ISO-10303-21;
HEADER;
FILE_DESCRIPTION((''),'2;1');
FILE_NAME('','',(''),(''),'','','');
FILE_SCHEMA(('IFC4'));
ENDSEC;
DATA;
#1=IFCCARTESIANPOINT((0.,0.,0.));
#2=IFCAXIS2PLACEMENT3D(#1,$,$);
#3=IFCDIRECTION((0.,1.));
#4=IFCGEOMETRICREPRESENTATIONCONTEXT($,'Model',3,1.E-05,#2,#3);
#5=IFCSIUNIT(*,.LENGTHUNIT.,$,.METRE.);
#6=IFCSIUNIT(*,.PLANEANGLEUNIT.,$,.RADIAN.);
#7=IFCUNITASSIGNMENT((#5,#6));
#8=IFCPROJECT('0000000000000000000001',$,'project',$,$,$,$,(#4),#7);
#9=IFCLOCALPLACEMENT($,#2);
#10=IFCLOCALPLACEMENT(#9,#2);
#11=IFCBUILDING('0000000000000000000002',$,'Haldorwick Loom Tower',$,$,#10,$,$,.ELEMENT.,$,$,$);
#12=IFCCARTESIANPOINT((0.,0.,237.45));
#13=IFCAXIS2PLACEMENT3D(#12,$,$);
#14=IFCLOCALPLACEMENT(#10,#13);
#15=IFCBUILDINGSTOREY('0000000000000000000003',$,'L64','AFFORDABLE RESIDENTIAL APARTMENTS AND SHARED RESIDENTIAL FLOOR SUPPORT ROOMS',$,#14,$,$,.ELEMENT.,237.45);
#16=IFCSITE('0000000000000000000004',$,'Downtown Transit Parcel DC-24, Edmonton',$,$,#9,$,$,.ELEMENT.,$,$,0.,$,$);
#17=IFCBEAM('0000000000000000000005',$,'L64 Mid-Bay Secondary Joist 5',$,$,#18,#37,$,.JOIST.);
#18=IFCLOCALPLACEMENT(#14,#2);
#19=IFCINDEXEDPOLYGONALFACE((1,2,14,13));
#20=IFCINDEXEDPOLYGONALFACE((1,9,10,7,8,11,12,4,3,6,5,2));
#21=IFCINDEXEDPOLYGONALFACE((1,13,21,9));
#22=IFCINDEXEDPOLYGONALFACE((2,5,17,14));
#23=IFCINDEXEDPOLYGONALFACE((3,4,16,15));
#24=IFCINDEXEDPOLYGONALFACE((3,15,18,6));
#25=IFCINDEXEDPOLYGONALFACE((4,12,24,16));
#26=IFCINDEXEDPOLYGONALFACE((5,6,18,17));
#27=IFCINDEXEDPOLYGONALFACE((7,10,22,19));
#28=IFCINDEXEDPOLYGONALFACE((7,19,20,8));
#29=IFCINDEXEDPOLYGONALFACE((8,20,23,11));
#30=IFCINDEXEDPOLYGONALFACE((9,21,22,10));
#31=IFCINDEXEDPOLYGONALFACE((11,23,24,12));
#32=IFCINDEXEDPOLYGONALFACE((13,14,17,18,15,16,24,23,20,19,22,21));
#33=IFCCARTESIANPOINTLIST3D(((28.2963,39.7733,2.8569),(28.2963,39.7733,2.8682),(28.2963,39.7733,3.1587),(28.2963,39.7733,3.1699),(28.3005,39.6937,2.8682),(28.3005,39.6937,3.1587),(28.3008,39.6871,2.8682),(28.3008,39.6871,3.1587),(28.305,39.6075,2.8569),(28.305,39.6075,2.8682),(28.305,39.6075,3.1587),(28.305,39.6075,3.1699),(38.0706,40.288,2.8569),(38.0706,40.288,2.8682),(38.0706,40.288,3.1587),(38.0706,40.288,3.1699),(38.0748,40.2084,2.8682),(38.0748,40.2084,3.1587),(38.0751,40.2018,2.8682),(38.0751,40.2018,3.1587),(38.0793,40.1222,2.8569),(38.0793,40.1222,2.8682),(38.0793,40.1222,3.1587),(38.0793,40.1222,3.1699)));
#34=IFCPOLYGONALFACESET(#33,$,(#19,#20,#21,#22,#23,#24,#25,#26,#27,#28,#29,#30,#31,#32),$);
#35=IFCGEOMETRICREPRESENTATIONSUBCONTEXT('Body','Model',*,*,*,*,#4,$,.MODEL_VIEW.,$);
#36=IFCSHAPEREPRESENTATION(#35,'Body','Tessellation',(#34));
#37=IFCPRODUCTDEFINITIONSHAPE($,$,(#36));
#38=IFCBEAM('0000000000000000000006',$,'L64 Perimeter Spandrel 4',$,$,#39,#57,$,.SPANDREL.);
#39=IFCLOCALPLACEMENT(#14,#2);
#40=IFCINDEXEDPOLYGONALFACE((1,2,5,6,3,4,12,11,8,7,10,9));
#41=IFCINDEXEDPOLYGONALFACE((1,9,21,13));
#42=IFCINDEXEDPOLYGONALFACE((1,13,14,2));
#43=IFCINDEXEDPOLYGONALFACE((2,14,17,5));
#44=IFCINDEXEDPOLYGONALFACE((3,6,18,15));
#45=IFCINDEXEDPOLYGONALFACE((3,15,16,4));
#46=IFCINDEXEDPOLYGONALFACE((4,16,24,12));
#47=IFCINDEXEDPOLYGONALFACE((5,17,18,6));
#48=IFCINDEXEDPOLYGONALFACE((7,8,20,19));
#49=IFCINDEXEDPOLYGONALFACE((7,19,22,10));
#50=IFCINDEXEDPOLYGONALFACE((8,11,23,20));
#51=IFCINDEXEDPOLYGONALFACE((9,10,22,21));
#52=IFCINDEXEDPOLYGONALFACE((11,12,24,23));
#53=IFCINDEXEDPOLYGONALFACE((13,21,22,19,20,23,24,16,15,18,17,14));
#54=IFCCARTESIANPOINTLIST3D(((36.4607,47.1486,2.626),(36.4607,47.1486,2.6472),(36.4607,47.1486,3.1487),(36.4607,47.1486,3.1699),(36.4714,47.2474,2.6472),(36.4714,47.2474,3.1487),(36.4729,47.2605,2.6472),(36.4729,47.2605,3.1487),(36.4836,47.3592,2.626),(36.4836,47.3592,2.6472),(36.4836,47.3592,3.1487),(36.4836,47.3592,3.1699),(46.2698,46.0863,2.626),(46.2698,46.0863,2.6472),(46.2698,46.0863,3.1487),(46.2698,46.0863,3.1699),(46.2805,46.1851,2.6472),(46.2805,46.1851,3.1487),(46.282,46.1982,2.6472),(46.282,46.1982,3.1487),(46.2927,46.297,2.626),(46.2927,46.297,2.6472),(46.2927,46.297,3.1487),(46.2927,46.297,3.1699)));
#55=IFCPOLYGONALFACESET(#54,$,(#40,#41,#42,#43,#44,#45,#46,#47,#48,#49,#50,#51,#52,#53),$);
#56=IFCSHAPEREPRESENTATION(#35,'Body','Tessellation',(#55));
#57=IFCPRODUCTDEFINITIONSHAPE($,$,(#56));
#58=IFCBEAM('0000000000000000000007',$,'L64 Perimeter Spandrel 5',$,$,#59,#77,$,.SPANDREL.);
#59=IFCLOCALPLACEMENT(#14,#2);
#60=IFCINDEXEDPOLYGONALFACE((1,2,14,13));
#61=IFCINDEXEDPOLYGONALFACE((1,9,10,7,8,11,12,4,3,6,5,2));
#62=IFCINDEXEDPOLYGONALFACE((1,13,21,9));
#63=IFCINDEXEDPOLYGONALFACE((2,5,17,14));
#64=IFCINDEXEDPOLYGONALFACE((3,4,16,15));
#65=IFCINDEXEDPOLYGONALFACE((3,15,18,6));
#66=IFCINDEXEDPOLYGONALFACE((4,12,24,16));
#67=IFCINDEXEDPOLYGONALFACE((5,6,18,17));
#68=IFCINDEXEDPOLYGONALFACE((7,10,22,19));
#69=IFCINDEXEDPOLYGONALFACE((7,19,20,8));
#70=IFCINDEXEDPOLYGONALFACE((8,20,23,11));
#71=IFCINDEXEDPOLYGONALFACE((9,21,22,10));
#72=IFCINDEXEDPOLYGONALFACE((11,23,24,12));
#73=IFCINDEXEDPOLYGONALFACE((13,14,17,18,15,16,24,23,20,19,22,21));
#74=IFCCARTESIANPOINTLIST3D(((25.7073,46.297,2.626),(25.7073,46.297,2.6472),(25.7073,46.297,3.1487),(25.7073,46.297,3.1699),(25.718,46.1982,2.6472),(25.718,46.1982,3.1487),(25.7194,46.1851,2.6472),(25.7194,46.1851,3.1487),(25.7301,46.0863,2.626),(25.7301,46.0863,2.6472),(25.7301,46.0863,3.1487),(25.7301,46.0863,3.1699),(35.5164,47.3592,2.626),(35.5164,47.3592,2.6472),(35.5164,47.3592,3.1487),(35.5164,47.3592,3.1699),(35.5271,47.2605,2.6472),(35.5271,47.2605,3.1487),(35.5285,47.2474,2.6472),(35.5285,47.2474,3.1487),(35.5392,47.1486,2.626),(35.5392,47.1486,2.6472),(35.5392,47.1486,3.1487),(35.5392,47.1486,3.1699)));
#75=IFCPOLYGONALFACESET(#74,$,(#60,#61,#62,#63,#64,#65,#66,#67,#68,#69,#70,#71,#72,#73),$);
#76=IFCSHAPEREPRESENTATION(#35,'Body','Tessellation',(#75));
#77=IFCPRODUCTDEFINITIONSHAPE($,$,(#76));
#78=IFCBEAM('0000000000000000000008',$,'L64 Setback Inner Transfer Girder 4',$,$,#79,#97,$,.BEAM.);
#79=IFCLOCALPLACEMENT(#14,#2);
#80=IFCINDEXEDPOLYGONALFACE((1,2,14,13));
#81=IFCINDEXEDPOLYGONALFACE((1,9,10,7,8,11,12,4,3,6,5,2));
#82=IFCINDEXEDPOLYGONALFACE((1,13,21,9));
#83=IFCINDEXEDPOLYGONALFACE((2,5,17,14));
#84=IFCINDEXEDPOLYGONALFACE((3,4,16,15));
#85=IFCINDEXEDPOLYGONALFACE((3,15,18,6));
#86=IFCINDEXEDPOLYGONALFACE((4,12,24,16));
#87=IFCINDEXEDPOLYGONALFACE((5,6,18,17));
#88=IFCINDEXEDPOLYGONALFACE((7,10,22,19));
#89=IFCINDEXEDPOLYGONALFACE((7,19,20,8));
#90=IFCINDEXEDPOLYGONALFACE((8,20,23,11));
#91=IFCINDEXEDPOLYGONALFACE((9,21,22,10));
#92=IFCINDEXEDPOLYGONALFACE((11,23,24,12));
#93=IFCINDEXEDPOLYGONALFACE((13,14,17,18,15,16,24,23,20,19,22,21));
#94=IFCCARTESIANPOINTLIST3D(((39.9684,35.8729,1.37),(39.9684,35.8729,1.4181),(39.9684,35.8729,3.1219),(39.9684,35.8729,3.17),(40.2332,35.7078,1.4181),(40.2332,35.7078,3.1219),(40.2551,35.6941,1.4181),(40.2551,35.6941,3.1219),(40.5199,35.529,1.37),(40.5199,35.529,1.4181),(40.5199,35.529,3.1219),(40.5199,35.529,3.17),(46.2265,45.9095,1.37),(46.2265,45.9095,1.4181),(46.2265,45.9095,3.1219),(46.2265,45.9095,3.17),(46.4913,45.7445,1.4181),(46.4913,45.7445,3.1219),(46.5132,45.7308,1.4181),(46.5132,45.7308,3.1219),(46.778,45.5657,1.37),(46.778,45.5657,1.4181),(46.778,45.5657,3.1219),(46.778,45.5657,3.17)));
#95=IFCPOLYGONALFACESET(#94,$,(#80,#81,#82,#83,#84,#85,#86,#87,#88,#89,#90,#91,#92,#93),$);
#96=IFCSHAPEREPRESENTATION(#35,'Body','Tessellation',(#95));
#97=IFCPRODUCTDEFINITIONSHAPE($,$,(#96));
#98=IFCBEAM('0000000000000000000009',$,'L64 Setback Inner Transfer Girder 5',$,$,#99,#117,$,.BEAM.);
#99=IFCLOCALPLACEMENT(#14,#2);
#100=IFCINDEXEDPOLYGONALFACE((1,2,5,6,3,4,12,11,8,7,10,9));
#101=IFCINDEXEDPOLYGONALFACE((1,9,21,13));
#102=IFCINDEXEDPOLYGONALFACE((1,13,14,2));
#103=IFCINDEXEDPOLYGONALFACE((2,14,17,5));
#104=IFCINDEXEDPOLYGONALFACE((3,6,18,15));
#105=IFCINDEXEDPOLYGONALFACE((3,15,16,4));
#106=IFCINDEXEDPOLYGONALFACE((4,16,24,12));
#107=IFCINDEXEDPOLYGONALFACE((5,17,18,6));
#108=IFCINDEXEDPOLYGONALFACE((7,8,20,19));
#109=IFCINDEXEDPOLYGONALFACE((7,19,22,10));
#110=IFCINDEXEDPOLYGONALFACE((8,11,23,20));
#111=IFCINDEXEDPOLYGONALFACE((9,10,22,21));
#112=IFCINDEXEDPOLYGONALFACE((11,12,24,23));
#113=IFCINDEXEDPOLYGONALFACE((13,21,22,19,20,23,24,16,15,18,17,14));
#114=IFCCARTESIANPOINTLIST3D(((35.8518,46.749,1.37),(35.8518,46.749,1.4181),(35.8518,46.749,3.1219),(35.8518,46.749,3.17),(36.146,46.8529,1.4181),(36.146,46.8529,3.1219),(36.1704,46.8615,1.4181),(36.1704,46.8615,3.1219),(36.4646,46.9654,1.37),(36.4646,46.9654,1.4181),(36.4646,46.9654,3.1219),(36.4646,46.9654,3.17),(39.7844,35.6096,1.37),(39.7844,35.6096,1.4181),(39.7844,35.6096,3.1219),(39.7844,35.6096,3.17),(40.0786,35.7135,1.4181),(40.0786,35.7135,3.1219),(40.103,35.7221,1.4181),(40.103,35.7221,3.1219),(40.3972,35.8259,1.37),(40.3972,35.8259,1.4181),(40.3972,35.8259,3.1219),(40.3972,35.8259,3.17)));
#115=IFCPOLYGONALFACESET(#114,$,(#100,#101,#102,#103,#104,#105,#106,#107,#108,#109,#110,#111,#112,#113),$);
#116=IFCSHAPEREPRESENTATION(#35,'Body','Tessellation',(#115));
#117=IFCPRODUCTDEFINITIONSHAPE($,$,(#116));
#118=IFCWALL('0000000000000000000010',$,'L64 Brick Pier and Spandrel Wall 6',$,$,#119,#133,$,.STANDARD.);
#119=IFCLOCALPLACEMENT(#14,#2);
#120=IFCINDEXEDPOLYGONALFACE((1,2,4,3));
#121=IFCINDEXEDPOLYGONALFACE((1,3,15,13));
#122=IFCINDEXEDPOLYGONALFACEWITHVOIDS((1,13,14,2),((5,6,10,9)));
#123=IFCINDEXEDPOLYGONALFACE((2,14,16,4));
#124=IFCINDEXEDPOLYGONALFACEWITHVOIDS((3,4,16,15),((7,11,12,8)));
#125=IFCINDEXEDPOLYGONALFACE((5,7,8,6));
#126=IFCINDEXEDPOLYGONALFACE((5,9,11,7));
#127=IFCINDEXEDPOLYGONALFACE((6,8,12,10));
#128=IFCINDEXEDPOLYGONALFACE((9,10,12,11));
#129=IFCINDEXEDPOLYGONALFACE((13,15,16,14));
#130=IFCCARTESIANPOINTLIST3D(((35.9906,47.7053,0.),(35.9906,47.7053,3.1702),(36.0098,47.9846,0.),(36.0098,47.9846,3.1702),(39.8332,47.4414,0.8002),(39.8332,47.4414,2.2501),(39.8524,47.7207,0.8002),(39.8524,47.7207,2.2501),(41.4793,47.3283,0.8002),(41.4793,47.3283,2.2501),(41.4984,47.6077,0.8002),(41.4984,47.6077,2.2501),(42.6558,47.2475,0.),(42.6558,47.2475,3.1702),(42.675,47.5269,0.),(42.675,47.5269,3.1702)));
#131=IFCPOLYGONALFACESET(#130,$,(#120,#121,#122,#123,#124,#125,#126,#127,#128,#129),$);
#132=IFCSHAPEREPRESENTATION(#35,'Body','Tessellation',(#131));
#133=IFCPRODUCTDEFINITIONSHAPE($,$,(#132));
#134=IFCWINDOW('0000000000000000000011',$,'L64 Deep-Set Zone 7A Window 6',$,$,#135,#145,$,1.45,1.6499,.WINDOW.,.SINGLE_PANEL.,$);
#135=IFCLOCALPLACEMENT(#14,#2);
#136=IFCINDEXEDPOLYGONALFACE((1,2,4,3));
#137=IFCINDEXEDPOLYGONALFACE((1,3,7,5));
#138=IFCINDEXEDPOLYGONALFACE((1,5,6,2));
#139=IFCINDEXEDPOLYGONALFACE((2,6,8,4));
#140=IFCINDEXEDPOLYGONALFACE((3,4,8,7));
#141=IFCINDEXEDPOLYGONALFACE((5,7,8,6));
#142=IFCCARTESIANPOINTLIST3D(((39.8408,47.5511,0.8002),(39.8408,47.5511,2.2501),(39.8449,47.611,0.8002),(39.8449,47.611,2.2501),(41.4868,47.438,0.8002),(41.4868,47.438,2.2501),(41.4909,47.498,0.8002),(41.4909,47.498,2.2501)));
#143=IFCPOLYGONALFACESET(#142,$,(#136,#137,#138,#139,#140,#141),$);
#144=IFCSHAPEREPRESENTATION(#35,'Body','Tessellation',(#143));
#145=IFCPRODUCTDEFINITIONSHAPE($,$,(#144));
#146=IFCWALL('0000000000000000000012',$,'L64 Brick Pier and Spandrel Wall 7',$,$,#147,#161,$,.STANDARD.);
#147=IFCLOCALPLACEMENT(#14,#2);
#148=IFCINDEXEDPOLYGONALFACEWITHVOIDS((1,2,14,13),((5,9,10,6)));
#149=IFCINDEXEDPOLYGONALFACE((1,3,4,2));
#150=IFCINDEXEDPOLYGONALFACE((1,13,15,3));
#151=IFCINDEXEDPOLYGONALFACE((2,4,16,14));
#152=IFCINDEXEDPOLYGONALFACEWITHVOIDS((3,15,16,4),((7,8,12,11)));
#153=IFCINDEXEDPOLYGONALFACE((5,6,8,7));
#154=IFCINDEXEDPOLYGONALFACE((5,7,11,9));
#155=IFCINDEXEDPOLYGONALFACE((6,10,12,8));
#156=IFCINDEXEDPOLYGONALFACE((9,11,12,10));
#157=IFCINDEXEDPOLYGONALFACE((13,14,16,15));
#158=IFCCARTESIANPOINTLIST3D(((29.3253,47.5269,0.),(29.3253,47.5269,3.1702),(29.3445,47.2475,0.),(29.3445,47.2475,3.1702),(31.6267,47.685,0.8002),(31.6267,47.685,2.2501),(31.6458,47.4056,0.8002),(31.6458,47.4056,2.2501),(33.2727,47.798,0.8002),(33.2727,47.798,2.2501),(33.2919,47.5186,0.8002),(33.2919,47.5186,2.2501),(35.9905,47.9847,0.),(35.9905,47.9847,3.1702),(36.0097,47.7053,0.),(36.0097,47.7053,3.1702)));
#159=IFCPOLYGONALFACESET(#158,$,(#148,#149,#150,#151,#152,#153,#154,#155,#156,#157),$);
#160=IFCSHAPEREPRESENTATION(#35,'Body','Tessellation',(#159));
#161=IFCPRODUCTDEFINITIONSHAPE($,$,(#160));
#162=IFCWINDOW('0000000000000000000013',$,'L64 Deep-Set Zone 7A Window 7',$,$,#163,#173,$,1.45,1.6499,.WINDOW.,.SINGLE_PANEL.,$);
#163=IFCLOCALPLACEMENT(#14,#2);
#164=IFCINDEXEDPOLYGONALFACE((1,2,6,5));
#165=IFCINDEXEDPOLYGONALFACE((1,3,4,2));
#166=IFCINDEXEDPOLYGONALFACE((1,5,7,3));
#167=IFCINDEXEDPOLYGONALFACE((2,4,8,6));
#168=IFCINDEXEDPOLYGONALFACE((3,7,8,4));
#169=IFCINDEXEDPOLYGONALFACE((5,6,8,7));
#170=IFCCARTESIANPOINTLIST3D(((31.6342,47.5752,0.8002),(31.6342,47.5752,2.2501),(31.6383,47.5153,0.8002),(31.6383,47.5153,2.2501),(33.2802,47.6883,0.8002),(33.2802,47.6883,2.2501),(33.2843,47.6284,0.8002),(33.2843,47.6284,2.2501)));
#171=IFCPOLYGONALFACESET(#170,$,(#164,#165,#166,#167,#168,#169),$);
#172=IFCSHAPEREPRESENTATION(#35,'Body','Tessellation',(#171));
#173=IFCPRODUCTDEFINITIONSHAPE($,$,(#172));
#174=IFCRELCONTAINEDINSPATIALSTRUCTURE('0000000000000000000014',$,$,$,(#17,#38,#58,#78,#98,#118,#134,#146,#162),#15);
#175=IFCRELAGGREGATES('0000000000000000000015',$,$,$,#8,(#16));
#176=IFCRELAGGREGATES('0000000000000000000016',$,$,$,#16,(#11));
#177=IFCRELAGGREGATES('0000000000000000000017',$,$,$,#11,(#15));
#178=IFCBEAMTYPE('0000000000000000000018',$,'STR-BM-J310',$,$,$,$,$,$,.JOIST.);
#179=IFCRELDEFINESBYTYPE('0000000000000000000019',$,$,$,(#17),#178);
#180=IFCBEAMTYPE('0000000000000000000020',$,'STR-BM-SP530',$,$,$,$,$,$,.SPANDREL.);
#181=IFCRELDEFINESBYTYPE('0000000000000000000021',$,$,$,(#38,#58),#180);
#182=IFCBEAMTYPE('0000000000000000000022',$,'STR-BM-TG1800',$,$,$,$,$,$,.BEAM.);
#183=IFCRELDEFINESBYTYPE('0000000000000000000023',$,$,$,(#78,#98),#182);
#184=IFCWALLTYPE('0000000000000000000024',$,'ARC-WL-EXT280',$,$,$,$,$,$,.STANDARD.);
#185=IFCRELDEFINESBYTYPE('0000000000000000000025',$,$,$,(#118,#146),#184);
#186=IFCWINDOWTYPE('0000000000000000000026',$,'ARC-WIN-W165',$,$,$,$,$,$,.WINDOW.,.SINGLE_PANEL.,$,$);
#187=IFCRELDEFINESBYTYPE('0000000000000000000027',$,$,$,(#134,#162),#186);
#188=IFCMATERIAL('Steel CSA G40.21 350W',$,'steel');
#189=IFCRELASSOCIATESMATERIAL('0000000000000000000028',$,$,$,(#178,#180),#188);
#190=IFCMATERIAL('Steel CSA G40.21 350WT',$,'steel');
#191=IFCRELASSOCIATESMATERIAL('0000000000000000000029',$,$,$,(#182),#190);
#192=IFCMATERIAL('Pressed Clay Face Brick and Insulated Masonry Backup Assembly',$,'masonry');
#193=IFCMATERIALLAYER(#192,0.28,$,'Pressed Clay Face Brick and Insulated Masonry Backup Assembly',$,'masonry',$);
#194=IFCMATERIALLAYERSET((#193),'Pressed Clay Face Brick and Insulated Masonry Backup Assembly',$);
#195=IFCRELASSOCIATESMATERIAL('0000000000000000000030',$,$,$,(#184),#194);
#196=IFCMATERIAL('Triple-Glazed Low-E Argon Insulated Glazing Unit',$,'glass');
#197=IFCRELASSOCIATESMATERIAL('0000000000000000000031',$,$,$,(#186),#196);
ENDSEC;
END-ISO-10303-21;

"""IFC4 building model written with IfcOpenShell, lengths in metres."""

from ifc_helpers import new_model, si_unit, direction, frame, frame_2d, origin, origin_2d, place, context, subcontext, project, spatial, rectangle, i_section, extrude, material, layer, layer_set, material_profile, profile_set, type_object, element, fill, save


model = new_model("IFC4")

# Units and contexts
model_context = context("Model", 3, precision=1e-05, world=origin(), true_north=direction((0.0, 1.0)))
body_context = subcontext(model_context, "Body", "Model", "MODEL_VIEW")
ifc_project = project(units=[si_unit("LENGTHUNIT", "METRE"), si_unit("PLANEANGLEUNIT", "RADIAN")], contexts=[model_context])

# Site, building, storey
site_placement = place(None, origin())
site = spatial("IfcSite", under=ifc_project, at=site_placement, Name="Downtown Transit Parcel DC-24, Edmonton", CompositionType="ELEMENT", RefElevation=0.0)
building_placement = place(site_placement, origin())
building = spatial("IfcBuilding", under=site, at=building_placement, Name="Haldorwick Loom Tower", CompositionType="ELEMENT")
storey_placement = place(building_placement, frame((0.0, 0.0, 237.45)))
storey = spatial("IfcBuildingStorey", under=building, at=storey_placement, Name="L64", Description="AFFORDABLE RESIDENTIAL APARTMENTS AND SHARED RESIDENTIAL FLOOR SUPPORT ROOMS", CompositionType="ELEMENT", Elevation=237.45)

# Shared definitions
ifc_material_1 = material(Name="Steel CSA G40.21 350W", Category="steel")

# Beams
ifc_material_profile_1 = material_profile(ifc_material_1, i_section(OverallWidth=0.166, OverallDepth=0.313, WebThickness=0.0066, FlangeThickness=0.0112, at=origin_2d()), Name="W310X45", Category="steel")
ifc_profile_set_1 = profile_set([ifc_material_profile_1], Name="Steel CSA G40.21 350W")
beam_type_1 = type_object("IfcBeamType", Name="STR-BM-J310", PredefinedType="JOIST", material=ifc_profile_set_1)
beam_1_placement = place(storey_placement, frame((38.075, 40.2051, 3.0134), z_axis=(-0.998617, -0.05258, 0.0), x_axis=(0.05258, -0.998617, 0.0)))
element("IfcBeam", 1, at=beam_1_placement, inside=storey, type_object=beam_type_1, Name="L64 Mid-Bay Secondary Joist 5", PredefinedType="JOIST", context=body_context, shape_type="SweptSolid", body=[
    extrude(i_section(OverallWidth=0.166, OverallDepth=0.313, WebThickness=0.0066, FlangeThickness=0.0112, at=origin_2d()), origin(), (0.0, 0.0, 1.0), 9.7878),
])
ifc_material_profile_2 = material_profile(ifc_material_1, i_section(OverallWidth=0.2119, OverallDepth=0.5439, WebThickness=0.0132, FlangeThickness=0.0212, at=origin_2d()), Name="W530X123", Category="steel")
ifc_profile_set_2 = profile_set([ifc_material_profile_2], Name="Steel CSA G40.21 350W")
beam_type_2 = type_object("IfcBeamType", Name="STR-BM-SP530", PredefinedType="SPANDREL", material=ifc_profile_set_2)
for number, where, z_axis, x_axis, name in (
    (2, (46.2812, 46.1917, 2.8979), (-0.994187, 0.107664, 0.0), (-0.107664, -0.994187, 0.0), "L64 Perimeter Spandrel 4"),
    (3, (35.5278, 47.2539, 2.8979), (-0.994187, -0.107664, 0.0), (0.107664, -0.994187, 0.0), "L64 Perimeter Spandrel 5"),
):
    element("IfcBeam", number, at=place(storey_placement, frame(where, z_axis=z_axis, x_axis=x_axis)), inside=storey, type_object=beam_type_2, Name=name, PredefinedType="SPANDREL", context=body_context, shape_type="SweptSolid", body=[
        extrude(i_section(OverallWidth=0.2119, OverallDepth=0.5439, WebThickness=0.0132, FlangeThickness=0.0212, at=origin_2d()), origin(), (0.0, 0.0, 1.0), 9.8665),
    ])
ifc_material_2 = material(Name="Steel CSA G40.21 350WT", Category="steel")
ifc_material_profile_3 = material_profile(ifc_material_2, i_section(OverallWidth=0.6499, OverallDepth=1.8, WebThickness=0.0259, FlangeThickness=0.0481, at=origin_2d()), Name="WWF1800X650", Category="steel")
ifc_profile_set_3 = profile_set([ifc_material_profile_3], Name="Steel CSA G40.21 350WT")
beam_type_3 = type_object("IfcBeamType", Name="STR-BM-TG1800", PredefinedType="BEAM", material=ifc_profile_set_3)
beam_2_placement = place(storey_placement, frame((40.2441, 35.7009, 2.27), z_axis=(0.529097, 0.848561, 0.0), x_axis=(-0.848561, 0.529097, 0.0)))
element("IfcBeam", 4, at=beam_2_placement, inside=storey, type_object=beam_type_3, Name="L64 Setback Inner Transfer Girder 4", PredefinedType="BEAM", context=body_context, shape_type="SweptSolid", body=[
    extrude(i_section(OverallWidth=0.6499, OverallDepth=1.8, WebThickness=0.0259, FlangeThickness=0.0481, at=origin_2d()), origin(), (0.0, 0.0, 1.0), 11.8279),
])
beam_3_placement = place(storey_placement, frame((40.0908, 35.7178, 2.27), z_axis=(-0.3329, 0.942962, 0.0), x_axis=(-0.942962, -0.3329, 0.0)))
element("IfcBeam", 5, at=beam_3_placement, inside=storey, type_object=beam_type_3, Name="L64 Setback Inner Transfer Girder 5", PredefinedType="BEAM", context=body_context, shape_type="SweptSolid", body=[
    extrude(i_section(OverallWidth=0.6499, OverallDepth=1.8, WebThickness=0.0259, FlangeThickness=0.0481, at=origin_2d()), origin(), (0.0, 0.0, 1.0), 11.8132),
])

# Walls, openings, windows
ifc_material_3 = material(Name="Pressed Clay Face Brick and Insulated Masonry Backup Assembly", Category="masonry")
ifc_layer = layer(ifc_material_3, 0.28, Name="Pressed Clay Face Brick and Insulated Masonry Backup Assembly", Category="masonry")
ifc_layer_set = layer_set([ifc_layer], Name="Pressed Clay Face Brick and Insulated Masonry Backup Assembly")
wall_type = type_object("IfcWallType", Name="ARC-WL-EXT280", PredefinedType="STANDARD", material=ifc_layer_set)
wall_1_placement = place(storey_placement, frame((42.6653, 47.3872, 0.0), z_axis=(0.0, 0.0, 1.0), x_axis=(-0.99765, 0.068517, 0.0)))
wall_1 = element("IfcWall", 6, at=wall_1_placement, inside=storey, type_object=wall_type, Name="L64 Brick Pier and Spandrel Wall 6", PredefinedType="STANDARD", context=body_context, shape_type="SweptSolid", body=[
    extrude(rectangle(XDim=6.6809, YDim=0.28, at=frame_2d((3.3403, 0.0))), origin(), (0.0, 0.0, 1.0), 3.1702),
])
opening_1_placement = place(wall_1_placement, frame((1.1792, 0.0, 0.8)))
opening_1 = element("IfcOpeningElement", 7, at=opening_1_placement, cuts=wall_1, PredefinedType="OPENING", context=body_context, shape_type="SweptSolid", body=[
    extrude(rectangle(XDim=1.6499, YDim=1.45, at=frame_2d((0.825, 0.7251))), frame((0.0, 0.1499, 0.0), z_axis=(0.0, -1.0, 0.0), x_axis=(1.0, 0.0, 0.0)), (0.0, 0.0, 1.0), 0.3),
])
ifc_material_4 = material(Name="Triple-Glazed Low-E Argon Insulated Glazing Unit", Category="glass")
window_type = type_object("IfcWindowType", Name="ARC-WIN-W165", PartitioningType="SINGLE_PANEL", PredefinedType="WINDOW", material=ifc_material_4)
window_1_placement = place(opening_1_placement, origin())
window_1 = element("IfcWindow", 8, at=window_1_placement, inside=storey, type_object=window_type, Name="L64 Deep-Set Zone 7A Window 6", OverallHeight=1.45, OverallWidth=1.6499, PartitioningType="SINGLE_PANEL", PredefinedType="WINDOW", context=body_context, shape_type="SweptSolid", body=[
    extrude(rectangle(XDim=1.6499, YDim=1.45, at=frame_2d((0.825, 0.7251))), frame((0.0, 0.03, 0.0), z_axis=(0.0, -1.0, 0.0), x_axis=(1.0, 0.0, 0.0)), (0.0, 0.0, 1.0), 0.0601),
])
fill(opening_1, window_1)
wall_2_placement = place(storey_placement, frame((36.0, 47.845, 0.0), z_axis=(0.0, 0.0, 1.0), x_axis=(-0.99765, -0.068517, 0.0)))
wall_2 = element("IfcWall", 9, at=wall_2_placement, inside=storey, type_object=wall_type, Name="L64 Brick Pier and Spandrel Wall 7", PredefinedType="STANDARD", context=body_context, shape_type="SweptSolid", body=[
    extrude(rectangle(XDim=6.6809, YDim=0.28, at=frame_2d((3.3403, 0.0))), origin(), (0.0, 0.0, 1.0), 3.1702),
])
opening_2_placement = place(wall_2_placement, frame((2.7241, 0.0, 0.8)))
opening_2 = element("IfcOpeningElement", 10, at=opening_2_placement, cuts=wall_2, PredefinedType="OPENING", context=body_context, shape_type="SweptSolid", body=[
    extrude(rectangle(XDim=1.6499, YDim=1.45, at=frame_2d((0.825, 0.7251))), frame((0.0, 0.1499, 0.0), z_axis=(0.0, -1.0, 0.0), x_axis=(1.0, 0.0, 0.0)), (0.0, 0.0, 1.0), 0.3),
])
window_2_placement = place(opening_2_placement, origin())
window_2 = element("IfcWindow", 11, at=window_2_placement, inside=storey, type_object=window_type, Name="L64 Deep-Set Zone 7A Window 7", OverallHeight=1.45, OverallWidth=1.6499, PartitioningType="SINGLE_PANEL", PredefinedType="WINDOW", context=body_context, shape_type="SweptSolid", body=[
    extrude(rectangle(XDim=1.6499, YDim=1.45, at=frame_2d((0.825, 0.7251))), frame((0.0, 0.03, 0.0), z_axis=(0.0, -1.0, 0.0), x_axis=(1.0, 0.0, 0.0)), (0.0, 0.0, 1.0), 0.0601),
])
fill(opening_2, window_2)

save(model, "model.ifc")
